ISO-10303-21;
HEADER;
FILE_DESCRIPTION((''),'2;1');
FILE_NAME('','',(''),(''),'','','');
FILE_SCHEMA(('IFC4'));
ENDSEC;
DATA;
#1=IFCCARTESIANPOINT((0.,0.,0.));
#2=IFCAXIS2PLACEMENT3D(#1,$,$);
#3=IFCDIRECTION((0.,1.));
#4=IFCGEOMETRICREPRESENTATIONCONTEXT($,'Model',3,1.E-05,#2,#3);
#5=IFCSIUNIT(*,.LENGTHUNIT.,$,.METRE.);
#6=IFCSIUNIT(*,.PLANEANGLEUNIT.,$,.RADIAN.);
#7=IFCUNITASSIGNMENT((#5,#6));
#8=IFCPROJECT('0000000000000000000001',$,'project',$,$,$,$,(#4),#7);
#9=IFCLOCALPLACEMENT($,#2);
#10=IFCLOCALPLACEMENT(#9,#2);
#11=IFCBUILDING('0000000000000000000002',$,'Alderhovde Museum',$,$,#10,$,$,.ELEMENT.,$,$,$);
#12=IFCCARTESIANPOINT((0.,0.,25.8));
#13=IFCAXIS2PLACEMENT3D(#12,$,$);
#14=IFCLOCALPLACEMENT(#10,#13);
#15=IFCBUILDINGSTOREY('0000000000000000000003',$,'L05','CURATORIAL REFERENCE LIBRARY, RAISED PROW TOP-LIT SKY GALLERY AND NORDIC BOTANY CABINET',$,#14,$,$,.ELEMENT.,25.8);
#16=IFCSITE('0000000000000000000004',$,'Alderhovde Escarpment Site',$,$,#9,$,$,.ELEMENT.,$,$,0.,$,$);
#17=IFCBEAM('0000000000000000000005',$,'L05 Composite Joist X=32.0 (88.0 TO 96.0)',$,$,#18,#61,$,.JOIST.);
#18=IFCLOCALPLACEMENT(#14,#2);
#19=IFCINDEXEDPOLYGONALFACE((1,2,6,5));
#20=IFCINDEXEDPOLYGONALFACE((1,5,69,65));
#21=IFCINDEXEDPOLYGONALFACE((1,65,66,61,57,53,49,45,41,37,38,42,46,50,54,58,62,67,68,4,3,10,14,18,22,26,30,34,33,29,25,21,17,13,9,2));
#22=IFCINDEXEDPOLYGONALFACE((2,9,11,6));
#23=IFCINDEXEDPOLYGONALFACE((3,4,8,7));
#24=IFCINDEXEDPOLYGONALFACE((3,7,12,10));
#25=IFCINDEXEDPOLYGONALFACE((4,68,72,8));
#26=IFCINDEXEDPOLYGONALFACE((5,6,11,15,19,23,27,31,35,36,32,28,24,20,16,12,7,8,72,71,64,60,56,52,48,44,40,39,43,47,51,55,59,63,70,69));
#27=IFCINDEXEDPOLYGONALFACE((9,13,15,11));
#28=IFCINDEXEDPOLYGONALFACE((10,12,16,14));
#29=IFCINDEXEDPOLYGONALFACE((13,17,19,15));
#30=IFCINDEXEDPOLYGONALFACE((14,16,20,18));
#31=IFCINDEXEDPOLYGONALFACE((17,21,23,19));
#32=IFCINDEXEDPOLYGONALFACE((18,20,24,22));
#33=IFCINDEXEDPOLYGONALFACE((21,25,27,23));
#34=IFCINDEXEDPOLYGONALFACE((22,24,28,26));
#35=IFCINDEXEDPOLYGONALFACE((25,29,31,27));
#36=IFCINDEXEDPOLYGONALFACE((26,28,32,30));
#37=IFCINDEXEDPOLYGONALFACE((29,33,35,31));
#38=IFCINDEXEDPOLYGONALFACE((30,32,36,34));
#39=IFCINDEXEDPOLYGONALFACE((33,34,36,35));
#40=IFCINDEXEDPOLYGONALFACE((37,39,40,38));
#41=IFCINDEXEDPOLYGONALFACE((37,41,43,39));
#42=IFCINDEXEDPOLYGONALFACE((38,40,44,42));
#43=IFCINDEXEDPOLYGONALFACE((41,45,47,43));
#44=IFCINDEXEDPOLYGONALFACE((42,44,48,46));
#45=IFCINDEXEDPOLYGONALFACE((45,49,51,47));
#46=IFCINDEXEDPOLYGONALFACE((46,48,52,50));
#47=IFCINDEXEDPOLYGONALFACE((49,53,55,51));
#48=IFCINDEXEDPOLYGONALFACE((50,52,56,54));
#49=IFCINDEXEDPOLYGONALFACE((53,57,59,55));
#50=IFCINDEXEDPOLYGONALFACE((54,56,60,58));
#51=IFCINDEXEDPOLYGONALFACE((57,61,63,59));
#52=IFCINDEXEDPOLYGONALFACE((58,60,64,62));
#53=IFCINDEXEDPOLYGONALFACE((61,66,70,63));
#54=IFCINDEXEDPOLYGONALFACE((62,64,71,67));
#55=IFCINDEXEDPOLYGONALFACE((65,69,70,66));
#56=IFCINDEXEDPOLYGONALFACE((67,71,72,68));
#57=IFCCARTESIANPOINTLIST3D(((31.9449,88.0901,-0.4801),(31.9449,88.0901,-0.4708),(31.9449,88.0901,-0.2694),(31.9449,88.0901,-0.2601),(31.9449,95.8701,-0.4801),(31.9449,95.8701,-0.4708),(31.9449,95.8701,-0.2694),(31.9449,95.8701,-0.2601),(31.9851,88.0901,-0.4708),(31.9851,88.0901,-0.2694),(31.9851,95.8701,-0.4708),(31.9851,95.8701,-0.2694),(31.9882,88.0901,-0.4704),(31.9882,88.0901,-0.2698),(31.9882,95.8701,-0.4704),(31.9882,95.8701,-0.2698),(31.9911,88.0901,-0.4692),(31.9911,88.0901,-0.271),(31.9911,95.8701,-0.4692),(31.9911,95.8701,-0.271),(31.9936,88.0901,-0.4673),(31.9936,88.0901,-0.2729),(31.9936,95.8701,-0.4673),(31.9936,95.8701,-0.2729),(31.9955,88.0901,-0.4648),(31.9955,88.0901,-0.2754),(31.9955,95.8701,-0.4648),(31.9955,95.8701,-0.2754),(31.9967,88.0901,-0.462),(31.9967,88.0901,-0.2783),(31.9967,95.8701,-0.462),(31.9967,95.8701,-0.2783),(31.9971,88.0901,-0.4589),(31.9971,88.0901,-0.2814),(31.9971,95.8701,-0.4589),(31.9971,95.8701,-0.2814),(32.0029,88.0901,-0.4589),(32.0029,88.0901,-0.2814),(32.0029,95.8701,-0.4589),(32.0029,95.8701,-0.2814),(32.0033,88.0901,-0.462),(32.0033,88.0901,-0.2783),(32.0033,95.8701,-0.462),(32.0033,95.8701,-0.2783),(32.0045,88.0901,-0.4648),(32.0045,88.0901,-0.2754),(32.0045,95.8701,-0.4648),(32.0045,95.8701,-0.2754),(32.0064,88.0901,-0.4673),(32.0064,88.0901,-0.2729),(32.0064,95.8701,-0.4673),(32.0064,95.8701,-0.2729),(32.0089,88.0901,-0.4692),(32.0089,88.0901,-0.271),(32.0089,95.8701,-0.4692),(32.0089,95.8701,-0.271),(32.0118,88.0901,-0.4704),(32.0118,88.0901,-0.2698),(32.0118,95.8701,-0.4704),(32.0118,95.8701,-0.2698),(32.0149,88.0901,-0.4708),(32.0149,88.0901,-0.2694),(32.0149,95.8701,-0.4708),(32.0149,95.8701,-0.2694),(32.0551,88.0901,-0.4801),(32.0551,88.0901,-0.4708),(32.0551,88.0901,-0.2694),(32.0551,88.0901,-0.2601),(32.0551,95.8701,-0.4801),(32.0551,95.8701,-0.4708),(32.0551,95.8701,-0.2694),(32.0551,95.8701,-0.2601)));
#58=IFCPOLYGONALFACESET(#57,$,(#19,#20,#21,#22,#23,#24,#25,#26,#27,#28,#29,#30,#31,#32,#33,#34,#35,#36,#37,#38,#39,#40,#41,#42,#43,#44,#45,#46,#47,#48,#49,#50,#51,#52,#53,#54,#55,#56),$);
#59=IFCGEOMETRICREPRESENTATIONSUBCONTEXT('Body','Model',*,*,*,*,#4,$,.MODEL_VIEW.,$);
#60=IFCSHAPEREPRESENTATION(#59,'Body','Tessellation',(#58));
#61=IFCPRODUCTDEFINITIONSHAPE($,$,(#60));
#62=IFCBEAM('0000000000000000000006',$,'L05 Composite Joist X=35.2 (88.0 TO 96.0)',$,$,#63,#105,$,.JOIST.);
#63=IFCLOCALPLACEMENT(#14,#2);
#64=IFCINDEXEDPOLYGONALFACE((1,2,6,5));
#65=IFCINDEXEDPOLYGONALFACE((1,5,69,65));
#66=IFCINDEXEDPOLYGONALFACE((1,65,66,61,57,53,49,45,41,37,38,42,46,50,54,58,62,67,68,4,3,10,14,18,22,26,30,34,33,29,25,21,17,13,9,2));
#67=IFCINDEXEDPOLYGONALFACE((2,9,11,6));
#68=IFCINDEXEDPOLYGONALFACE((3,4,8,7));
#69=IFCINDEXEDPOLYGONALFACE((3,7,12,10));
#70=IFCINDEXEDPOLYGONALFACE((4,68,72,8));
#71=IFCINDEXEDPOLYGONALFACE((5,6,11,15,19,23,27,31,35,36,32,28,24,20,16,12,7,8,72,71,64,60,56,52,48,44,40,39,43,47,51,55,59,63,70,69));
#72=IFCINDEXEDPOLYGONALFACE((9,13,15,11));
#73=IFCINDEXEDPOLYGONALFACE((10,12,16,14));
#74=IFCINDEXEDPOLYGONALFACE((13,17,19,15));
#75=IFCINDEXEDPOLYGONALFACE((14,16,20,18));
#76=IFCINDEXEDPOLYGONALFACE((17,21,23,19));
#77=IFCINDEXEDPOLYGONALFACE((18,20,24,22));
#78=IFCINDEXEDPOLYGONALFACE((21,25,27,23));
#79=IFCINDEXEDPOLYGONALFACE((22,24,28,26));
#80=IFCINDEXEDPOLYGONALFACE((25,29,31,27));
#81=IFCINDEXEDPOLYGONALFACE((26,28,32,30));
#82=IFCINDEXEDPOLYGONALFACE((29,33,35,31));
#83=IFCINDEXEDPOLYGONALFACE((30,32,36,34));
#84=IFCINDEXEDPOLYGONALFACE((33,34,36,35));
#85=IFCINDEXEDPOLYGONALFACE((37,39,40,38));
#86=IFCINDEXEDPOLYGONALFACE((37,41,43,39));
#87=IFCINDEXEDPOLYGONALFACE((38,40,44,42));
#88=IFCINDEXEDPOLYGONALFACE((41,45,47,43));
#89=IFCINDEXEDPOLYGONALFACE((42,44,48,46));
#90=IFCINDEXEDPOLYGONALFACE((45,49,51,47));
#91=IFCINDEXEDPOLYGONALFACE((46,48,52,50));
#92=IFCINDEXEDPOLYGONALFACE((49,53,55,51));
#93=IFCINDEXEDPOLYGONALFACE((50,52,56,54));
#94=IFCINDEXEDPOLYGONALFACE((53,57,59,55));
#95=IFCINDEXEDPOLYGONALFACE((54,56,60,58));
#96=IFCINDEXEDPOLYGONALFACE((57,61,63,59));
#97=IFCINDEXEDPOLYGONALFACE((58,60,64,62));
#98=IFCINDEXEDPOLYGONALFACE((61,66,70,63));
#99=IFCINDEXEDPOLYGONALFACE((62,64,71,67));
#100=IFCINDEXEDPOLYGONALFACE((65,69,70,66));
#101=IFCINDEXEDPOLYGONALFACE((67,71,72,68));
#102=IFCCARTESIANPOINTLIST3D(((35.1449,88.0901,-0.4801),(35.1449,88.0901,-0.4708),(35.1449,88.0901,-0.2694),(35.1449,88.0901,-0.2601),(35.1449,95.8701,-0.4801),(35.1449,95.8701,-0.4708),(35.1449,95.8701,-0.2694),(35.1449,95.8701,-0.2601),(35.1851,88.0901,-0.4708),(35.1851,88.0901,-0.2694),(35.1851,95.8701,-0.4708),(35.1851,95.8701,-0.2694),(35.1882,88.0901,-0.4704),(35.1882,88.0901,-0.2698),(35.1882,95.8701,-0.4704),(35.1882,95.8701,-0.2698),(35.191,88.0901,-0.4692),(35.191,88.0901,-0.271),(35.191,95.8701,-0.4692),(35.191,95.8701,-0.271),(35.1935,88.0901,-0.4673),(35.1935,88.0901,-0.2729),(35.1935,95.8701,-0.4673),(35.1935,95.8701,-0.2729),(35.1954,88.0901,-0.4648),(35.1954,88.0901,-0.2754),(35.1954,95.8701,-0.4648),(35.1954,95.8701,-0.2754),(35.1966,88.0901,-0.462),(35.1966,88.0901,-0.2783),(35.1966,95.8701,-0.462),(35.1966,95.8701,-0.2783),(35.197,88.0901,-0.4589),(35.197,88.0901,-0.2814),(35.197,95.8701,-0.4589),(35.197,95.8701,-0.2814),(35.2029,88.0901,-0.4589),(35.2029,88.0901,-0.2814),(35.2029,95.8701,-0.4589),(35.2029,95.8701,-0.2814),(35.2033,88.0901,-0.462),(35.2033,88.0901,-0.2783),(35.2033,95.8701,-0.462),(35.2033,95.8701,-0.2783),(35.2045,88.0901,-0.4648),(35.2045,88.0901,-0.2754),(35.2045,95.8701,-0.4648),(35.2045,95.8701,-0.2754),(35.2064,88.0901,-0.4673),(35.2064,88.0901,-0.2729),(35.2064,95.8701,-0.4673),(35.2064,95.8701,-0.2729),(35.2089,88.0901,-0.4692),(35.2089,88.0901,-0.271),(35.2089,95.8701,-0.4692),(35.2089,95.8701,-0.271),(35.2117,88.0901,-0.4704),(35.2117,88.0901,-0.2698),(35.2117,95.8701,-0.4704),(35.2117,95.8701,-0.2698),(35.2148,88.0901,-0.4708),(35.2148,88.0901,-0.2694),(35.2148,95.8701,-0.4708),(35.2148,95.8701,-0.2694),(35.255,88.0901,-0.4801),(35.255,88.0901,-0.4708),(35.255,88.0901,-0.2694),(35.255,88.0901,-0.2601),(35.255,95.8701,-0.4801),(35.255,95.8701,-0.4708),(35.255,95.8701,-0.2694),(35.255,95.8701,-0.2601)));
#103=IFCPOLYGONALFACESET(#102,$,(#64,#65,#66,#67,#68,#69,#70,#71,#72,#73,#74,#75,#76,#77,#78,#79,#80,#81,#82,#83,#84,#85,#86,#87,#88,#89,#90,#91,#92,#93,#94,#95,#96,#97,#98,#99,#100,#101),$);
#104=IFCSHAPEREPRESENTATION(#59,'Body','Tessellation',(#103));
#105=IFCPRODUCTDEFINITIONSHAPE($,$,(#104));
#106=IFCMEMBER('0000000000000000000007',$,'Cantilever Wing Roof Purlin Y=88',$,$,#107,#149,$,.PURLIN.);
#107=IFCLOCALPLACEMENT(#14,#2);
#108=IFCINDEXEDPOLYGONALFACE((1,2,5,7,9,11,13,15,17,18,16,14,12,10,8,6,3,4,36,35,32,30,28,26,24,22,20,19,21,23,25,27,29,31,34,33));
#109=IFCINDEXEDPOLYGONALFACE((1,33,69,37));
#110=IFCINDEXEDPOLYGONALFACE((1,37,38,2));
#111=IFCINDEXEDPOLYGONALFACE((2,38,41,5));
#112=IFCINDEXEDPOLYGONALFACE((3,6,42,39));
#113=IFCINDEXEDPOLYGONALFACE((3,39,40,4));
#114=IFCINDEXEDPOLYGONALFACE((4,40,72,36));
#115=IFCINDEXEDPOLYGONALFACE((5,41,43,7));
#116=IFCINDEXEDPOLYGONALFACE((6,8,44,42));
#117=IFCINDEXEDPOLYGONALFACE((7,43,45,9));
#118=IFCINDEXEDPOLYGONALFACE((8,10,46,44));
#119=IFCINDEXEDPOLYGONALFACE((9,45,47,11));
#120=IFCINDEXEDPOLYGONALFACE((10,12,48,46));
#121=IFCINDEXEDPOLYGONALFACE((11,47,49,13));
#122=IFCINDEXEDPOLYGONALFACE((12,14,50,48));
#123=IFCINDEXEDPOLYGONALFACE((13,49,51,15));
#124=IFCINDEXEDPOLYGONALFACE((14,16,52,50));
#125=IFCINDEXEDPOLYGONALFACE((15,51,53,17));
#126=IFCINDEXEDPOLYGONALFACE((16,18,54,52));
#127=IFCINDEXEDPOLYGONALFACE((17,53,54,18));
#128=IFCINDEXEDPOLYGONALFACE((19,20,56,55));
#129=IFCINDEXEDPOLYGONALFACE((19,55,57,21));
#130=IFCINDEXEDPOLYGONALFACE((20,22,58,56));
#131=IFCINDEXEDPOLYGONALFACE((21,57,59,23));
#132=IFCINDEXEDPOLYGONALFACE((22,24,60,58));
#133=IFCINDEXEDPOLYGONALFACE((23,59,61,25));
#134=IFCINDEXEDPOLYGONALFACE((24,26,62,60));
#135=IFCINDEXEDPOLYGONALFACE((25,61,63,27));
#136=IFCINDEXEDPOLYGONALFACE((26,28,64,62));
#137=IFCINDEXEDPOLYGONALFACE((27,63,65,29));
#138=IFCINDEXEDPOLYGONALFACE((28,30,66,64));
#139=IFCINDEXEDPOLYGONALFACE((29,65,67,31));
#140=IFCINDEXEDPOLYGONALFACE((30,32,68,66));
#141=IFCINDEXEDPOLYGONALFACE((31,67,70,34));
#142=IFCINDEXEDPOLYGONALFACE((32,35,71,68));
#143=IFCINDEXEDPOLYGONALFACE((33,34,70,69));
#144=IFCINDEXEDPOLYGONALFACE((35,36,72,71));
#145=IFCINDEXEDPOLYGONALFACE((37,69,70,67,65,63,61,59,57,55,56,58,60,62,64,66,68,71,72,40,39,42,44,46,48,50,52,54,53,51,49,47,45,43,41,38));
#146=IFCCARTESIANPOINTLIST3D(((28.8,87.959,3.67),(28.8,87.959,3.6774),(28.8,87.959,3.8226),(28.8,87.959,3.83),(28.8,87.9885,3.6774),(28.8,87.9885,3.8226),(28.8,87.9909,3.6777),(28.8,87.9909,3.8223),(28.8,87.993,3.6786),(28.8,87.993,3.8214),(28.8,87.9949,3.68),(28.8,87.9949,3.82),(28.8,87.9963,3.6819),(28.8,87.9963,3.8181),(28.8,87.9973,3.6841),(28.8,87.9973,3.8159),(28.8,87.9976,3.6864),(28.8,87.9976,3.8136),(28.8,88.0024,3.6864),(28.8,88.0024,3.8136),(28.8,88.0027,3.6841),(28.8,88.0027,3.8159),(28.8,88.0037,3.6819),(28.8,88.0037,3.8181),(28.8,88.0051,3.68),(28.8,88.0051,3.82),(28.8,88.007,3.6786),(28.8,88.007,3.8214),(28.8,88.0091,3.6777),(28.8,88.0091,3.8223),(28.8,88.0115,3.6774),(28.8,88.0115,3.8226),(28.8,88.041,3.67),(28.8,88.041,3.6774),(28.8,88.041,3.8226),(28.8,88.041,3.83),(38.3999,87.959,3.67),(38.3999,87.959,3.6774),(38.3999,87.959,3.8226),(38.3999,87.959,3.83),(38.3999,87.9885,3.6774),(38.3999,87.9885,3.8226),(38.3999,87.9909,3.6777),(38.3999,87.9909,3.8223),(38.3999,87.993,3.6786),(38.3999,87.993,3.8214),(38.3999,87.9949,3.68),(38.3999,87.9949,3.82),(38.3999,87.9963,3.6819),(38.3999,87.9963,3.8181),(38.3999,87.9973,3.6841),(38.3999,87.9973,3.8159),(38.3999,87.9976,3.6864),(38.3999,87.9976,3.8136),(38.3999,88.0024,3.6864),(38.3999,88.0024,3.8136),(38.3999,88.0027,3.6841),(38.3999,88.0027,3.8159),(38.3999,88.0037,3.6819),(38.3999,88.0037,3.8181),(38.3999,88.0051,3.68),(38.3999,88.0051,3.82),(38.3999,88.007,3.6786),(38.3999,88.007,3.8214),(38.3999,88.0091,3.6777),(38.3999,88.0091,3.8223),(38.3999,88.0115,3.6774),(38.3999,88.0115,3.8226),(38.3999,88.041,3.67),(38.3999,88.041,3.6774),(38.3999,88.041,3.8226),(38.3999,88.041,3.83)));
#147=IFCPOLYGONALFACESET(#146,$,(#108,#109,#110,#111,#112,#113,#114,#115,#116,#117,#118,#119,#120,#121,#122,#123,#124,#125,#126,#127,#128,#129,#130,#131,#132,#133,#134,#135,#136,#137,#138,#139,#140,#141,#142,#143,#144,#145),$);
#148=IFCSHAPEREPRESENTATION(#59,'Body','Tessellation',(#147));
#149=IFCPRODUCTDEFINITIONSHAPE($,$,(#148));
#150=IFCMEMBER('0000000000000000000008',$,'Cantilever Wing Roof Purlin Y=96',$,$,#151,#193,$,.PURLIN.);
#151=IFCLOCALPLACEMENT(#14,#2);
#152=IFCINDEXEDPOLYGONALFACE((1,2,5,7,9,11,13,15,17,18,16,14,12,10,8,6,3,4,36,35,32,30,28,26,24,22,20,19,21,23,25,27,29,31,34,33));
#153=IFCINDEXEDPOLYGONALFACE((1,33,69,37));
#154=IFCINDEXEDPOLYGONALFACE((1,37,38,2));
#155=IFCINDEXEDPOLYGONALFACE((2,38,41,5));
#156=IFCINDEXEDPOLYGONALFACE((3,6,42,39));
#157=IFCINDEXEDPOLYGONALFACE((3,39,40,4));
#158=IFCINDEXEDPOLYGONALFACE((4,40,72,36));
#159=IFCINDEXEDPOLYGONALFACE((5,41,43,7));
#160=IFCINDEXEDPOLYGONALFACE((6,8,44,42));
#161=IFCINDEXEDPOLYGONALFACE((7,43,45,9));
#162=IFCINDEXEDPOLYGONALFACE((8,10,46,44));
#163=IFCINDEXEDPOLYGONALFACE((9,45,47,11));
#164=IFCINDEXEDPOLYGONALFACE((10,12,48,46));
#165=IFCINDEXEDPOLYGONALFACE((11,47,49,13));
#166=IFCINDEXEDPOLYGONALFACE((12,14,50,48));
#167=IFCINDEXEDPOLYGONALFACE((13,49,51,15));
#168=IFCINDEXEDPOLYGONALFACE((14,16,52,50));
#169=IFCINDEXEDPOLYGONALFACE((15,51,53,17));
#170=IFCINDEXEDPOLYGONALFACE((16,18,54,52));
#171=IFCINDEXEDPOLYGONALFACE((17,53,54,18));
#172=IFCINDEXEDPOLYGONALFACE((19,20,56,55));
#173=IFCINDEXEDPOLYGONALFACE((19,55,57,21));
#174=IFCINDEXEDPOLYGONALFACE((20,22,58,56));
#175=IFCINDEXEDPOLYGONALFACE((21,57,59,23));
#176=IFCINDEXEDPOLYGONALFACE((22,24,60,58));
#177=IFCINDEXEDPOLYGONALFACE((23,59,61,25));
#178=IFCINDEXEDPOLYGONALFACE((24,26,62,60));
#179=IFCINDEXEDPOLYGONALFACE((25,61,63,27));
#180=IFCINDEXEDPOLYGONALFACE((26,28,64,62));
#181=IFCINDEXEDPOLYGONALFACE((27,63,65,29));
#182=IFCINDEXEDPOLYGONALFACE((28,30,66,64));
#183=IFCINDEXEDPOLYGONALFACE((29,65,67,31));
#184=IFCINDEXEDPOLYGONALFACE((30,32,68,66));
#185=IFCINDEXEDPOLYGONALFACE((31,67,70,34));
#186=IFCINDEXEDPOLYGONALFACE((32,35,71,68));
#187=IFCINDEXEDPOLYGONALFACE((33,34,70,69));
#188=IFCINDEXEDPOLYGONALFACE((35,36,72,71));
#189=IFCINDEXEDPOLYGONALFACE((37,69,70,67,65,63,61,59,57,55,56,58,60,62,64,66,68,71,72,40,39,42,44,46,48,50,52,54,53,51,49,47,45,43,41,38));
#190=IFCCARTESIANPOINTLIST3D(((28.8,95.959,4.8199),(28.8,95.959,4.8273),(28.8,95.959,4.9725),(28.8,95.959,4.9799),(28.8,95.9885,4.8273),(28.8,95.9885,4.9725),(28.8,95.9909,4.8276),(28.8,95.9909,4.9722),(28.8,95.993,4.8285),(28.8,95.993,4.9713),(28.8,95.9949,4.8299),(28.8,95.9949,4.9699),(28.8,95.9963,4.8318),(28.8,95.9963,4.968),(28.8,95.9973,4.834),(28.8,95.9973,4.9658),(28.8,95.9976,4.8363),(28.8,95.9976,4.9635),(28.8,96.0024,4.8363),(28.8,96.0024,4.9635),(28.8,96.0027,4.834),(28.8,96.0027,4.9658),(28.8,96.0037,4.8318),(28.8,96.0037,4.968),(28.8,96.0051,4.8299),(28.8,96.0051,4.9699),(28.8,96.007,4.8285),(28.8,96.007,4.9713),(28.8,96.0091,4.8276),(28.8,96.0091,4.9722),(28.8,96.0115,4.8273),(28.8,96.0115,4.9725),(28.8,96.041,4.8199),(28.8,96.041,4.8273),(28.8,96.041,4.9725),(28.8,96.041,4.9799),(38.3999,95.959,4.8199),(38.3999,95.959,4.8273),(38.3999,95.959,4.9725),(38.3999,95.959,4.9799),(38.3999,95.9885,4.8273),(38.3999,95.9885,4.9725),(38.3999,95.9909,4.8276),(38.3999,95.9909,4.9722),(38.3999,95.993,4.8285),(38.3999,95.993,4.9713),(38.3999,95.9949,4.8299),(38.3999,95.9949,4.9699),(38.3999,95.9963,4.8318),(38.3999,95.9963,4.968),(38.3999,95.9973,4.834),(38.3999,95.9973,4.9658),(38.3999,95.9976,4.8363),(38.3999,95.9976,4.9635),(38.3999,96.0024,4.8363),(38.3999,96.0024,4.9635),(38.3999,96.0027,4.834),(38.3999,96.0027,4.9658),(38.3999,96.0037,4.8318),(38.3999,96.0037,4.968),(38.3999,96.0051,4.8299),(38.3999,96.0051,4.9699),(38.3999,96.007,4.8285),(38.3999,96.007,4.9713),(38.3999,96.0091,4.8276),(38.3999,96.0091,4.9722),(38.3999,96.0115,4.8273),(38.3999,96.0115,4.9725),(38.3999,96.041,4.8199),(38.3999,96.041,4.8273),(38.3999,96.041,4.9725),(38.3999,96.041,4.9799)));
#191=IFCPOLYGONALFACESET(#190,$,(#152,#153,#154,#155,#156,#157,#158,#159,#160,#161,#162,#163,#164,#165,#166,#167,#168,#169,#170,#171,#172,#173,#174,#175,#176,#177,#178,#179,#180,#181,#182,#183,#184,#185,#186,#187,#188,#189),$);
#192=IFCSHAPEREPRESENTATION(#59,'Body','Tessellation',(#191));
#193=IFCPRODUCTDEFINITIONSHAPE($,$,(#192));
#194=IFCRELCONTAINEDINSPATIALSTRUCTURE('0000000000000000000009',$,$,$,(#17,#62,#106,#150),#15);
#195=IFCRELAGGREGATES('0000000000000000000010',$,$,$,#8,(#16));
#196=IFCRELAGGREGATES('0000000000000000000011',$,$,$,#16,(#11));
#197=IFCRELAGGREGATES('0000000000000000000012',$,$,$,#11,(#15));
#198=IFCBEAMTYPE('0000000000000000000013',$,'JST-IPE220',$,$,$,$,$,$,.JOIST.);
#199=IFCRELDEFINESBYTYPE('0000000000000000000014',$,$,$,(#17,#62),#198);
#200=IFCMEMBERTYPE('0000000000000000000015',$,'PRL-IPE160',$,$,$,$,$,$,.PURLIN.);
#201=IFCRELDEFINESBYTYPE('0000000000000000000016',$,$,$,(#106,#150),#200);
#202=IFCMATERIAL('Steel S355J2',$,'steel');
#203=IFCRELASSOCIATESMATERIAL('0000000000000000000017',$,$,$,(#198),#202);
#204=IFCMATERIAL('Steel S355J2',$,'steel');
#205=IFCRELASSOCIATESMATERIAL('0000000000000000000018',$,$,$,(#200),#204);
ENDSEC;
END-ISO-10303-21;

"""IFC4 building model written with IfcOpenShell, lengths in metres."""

from ifc_helpers import new_model, si_unit, direction, frame, origin, origin_2d, place, context, subcontext, project, spatial, i_section, extrude, material, material_profile, profile_set, type_object, element, save


model = new_model("IFC4")

# Units and contexts
model_context = context("Model", 3, precision=1e-05, world=origin(), true_north=direction((0.0, 1.0)))
body_context = subcontext(model_context, "Body", "Model", "MODEL_VIEW")
ifc_project = project(units=[si_unit("LENGTHUNIT", "METRE"), si_unit("PLANEANGLEUNIT", "RADIAN")], contexts=[model_context])

# Site, building, storey
site_placement = place(None, origin())
site = spatial("IfcSite", under=ifc_project, at=site_placement, Name="Alderhovde Escarpment Site", CompositionType="ELEMENT", RefElevation=0.0)
building_placement = place(site_placement, origin())
building = spatial("IfcBuilding", under=site, at=building_placement, Name="Alderhovde Museum", CompositionType="ELEMENT")
storey_placement = place(building_placement, frame((0.0, 0.0, 25.8)))
storey = spatial("IfcBuildingStorey", under=building, at=storey_placement, Name="L05", Description="CURATORIAL REFERENCE LIBRARY, RAISED PROW TOP-LIT SKY GALLERY AND NORDIC BOTANY CABINET", CompositionType="ELEMENT", Elevation=25.8)

# Beams
ifc_material_1 = material(Name="Steel S355J2", Category="steel")
ifc_material_profile_1 = material_profile(ifc_material_1, i_section(OverallWidth=0.1101, OverallDepth=0.22, WebThickness=0.0059, FlangeThickness=0.0093, FilletRadius=0.012, at=origin_2d()), Name="IPE 220")
ifc_profile_set_1 = profile_set([ifc_material_profile_1], Name="Steel S355J2")
beam_type_1 = type_object("IfcBeamType", Name="JST-IPE220", PredefinedType="JOIST", material=ifc_profile_set_1)
for number, where, z_axis, x_axis, name in (
    (1, (32.0, 88.0901, -0.3701), (0.0, 1.0, 0.0), (-1.0, 0.0, 0.0), "L05 Composite Joist X=32.0 (88.0 TO 96.0)"),
    (2, (35.2, 88.0901, -0.3701), (0.0, 1.0, 0.0), (-1.0, 0.0, 0.0), "L05 Composite Joist X=35.2 (88.0 TO 96.0)"),
):
    element("IfcBeam", number, at=place(storey_placement, frame(where, z_axis=z_axis, x_axis=x_axis)), inside=storey, type_object=beam_type_1, Name=name, PredefinedType="JOIST", context=body_context, shape_type="SweptSolid", body=[
        extrude(i_section(OverallWidth=0.1101, OverallDepth=0.22, WebThickness=0.0059, FlangeThickness=0.0093, FilletRadius=0.012, at=origin_2d()), origin(), (0.0, 0.0, 1.0), 7.78),
    ])

# Members
ifc_material_2 = material(Name="Steel S355J2", Category="steel")
ifc_material_profile_2 = material_profile(ifc_material_2, i_section(OverallWidth=0.082, OverallDepth=0.1599, WebThickness=0.0049, FlangeThickness=0.0073, FilletRadius=0.009, at=origin_2d()), Name="IPE 160")
ifc_profile_set_2 = profile_set([ifc_material_profile_2], Name="Steel S355J2")
member_type_1 = type_object("IfcMemberType", Name="PRL-IPE160", PredefinedType="PURLIN", material=ifc_profile_set_2)
for number, where, z_axis, x_axis, name in (
    (3, (28.8, 88.0, 3.75), (1.0, 0.0, 0.0), (0.0, 1.0, 0.0), "Cantilever Wing Roof Purlin Y=88"),
    (4, (28.8, 96.0, 4.8999), (1.0, 0.0, 0.0), (0.0, 1.0, 0.0), "Cantilever Wing Roof Purlin Y=96"),
):
    element("IfcMember", number, at=place(storey_placement, frame(where, z_axis=z_axis, x_axis=x_axis)), inside=storey, type_object=member_type_1, Name=name, PredefinedType="PURLIN", context=body_context, shape_type="SweptSolid", body=[
        extrude(i_section(OverallWidth=0.082, OverallDepth=0.1599, WebThickness=0.0049, FlangeThickness=0.0073, FilletRadius=0.009, at=origin_2d()), origin(), (0.0, 0.0, 1.0), 9.5999),
    ])

save(model, "model.ifc")
